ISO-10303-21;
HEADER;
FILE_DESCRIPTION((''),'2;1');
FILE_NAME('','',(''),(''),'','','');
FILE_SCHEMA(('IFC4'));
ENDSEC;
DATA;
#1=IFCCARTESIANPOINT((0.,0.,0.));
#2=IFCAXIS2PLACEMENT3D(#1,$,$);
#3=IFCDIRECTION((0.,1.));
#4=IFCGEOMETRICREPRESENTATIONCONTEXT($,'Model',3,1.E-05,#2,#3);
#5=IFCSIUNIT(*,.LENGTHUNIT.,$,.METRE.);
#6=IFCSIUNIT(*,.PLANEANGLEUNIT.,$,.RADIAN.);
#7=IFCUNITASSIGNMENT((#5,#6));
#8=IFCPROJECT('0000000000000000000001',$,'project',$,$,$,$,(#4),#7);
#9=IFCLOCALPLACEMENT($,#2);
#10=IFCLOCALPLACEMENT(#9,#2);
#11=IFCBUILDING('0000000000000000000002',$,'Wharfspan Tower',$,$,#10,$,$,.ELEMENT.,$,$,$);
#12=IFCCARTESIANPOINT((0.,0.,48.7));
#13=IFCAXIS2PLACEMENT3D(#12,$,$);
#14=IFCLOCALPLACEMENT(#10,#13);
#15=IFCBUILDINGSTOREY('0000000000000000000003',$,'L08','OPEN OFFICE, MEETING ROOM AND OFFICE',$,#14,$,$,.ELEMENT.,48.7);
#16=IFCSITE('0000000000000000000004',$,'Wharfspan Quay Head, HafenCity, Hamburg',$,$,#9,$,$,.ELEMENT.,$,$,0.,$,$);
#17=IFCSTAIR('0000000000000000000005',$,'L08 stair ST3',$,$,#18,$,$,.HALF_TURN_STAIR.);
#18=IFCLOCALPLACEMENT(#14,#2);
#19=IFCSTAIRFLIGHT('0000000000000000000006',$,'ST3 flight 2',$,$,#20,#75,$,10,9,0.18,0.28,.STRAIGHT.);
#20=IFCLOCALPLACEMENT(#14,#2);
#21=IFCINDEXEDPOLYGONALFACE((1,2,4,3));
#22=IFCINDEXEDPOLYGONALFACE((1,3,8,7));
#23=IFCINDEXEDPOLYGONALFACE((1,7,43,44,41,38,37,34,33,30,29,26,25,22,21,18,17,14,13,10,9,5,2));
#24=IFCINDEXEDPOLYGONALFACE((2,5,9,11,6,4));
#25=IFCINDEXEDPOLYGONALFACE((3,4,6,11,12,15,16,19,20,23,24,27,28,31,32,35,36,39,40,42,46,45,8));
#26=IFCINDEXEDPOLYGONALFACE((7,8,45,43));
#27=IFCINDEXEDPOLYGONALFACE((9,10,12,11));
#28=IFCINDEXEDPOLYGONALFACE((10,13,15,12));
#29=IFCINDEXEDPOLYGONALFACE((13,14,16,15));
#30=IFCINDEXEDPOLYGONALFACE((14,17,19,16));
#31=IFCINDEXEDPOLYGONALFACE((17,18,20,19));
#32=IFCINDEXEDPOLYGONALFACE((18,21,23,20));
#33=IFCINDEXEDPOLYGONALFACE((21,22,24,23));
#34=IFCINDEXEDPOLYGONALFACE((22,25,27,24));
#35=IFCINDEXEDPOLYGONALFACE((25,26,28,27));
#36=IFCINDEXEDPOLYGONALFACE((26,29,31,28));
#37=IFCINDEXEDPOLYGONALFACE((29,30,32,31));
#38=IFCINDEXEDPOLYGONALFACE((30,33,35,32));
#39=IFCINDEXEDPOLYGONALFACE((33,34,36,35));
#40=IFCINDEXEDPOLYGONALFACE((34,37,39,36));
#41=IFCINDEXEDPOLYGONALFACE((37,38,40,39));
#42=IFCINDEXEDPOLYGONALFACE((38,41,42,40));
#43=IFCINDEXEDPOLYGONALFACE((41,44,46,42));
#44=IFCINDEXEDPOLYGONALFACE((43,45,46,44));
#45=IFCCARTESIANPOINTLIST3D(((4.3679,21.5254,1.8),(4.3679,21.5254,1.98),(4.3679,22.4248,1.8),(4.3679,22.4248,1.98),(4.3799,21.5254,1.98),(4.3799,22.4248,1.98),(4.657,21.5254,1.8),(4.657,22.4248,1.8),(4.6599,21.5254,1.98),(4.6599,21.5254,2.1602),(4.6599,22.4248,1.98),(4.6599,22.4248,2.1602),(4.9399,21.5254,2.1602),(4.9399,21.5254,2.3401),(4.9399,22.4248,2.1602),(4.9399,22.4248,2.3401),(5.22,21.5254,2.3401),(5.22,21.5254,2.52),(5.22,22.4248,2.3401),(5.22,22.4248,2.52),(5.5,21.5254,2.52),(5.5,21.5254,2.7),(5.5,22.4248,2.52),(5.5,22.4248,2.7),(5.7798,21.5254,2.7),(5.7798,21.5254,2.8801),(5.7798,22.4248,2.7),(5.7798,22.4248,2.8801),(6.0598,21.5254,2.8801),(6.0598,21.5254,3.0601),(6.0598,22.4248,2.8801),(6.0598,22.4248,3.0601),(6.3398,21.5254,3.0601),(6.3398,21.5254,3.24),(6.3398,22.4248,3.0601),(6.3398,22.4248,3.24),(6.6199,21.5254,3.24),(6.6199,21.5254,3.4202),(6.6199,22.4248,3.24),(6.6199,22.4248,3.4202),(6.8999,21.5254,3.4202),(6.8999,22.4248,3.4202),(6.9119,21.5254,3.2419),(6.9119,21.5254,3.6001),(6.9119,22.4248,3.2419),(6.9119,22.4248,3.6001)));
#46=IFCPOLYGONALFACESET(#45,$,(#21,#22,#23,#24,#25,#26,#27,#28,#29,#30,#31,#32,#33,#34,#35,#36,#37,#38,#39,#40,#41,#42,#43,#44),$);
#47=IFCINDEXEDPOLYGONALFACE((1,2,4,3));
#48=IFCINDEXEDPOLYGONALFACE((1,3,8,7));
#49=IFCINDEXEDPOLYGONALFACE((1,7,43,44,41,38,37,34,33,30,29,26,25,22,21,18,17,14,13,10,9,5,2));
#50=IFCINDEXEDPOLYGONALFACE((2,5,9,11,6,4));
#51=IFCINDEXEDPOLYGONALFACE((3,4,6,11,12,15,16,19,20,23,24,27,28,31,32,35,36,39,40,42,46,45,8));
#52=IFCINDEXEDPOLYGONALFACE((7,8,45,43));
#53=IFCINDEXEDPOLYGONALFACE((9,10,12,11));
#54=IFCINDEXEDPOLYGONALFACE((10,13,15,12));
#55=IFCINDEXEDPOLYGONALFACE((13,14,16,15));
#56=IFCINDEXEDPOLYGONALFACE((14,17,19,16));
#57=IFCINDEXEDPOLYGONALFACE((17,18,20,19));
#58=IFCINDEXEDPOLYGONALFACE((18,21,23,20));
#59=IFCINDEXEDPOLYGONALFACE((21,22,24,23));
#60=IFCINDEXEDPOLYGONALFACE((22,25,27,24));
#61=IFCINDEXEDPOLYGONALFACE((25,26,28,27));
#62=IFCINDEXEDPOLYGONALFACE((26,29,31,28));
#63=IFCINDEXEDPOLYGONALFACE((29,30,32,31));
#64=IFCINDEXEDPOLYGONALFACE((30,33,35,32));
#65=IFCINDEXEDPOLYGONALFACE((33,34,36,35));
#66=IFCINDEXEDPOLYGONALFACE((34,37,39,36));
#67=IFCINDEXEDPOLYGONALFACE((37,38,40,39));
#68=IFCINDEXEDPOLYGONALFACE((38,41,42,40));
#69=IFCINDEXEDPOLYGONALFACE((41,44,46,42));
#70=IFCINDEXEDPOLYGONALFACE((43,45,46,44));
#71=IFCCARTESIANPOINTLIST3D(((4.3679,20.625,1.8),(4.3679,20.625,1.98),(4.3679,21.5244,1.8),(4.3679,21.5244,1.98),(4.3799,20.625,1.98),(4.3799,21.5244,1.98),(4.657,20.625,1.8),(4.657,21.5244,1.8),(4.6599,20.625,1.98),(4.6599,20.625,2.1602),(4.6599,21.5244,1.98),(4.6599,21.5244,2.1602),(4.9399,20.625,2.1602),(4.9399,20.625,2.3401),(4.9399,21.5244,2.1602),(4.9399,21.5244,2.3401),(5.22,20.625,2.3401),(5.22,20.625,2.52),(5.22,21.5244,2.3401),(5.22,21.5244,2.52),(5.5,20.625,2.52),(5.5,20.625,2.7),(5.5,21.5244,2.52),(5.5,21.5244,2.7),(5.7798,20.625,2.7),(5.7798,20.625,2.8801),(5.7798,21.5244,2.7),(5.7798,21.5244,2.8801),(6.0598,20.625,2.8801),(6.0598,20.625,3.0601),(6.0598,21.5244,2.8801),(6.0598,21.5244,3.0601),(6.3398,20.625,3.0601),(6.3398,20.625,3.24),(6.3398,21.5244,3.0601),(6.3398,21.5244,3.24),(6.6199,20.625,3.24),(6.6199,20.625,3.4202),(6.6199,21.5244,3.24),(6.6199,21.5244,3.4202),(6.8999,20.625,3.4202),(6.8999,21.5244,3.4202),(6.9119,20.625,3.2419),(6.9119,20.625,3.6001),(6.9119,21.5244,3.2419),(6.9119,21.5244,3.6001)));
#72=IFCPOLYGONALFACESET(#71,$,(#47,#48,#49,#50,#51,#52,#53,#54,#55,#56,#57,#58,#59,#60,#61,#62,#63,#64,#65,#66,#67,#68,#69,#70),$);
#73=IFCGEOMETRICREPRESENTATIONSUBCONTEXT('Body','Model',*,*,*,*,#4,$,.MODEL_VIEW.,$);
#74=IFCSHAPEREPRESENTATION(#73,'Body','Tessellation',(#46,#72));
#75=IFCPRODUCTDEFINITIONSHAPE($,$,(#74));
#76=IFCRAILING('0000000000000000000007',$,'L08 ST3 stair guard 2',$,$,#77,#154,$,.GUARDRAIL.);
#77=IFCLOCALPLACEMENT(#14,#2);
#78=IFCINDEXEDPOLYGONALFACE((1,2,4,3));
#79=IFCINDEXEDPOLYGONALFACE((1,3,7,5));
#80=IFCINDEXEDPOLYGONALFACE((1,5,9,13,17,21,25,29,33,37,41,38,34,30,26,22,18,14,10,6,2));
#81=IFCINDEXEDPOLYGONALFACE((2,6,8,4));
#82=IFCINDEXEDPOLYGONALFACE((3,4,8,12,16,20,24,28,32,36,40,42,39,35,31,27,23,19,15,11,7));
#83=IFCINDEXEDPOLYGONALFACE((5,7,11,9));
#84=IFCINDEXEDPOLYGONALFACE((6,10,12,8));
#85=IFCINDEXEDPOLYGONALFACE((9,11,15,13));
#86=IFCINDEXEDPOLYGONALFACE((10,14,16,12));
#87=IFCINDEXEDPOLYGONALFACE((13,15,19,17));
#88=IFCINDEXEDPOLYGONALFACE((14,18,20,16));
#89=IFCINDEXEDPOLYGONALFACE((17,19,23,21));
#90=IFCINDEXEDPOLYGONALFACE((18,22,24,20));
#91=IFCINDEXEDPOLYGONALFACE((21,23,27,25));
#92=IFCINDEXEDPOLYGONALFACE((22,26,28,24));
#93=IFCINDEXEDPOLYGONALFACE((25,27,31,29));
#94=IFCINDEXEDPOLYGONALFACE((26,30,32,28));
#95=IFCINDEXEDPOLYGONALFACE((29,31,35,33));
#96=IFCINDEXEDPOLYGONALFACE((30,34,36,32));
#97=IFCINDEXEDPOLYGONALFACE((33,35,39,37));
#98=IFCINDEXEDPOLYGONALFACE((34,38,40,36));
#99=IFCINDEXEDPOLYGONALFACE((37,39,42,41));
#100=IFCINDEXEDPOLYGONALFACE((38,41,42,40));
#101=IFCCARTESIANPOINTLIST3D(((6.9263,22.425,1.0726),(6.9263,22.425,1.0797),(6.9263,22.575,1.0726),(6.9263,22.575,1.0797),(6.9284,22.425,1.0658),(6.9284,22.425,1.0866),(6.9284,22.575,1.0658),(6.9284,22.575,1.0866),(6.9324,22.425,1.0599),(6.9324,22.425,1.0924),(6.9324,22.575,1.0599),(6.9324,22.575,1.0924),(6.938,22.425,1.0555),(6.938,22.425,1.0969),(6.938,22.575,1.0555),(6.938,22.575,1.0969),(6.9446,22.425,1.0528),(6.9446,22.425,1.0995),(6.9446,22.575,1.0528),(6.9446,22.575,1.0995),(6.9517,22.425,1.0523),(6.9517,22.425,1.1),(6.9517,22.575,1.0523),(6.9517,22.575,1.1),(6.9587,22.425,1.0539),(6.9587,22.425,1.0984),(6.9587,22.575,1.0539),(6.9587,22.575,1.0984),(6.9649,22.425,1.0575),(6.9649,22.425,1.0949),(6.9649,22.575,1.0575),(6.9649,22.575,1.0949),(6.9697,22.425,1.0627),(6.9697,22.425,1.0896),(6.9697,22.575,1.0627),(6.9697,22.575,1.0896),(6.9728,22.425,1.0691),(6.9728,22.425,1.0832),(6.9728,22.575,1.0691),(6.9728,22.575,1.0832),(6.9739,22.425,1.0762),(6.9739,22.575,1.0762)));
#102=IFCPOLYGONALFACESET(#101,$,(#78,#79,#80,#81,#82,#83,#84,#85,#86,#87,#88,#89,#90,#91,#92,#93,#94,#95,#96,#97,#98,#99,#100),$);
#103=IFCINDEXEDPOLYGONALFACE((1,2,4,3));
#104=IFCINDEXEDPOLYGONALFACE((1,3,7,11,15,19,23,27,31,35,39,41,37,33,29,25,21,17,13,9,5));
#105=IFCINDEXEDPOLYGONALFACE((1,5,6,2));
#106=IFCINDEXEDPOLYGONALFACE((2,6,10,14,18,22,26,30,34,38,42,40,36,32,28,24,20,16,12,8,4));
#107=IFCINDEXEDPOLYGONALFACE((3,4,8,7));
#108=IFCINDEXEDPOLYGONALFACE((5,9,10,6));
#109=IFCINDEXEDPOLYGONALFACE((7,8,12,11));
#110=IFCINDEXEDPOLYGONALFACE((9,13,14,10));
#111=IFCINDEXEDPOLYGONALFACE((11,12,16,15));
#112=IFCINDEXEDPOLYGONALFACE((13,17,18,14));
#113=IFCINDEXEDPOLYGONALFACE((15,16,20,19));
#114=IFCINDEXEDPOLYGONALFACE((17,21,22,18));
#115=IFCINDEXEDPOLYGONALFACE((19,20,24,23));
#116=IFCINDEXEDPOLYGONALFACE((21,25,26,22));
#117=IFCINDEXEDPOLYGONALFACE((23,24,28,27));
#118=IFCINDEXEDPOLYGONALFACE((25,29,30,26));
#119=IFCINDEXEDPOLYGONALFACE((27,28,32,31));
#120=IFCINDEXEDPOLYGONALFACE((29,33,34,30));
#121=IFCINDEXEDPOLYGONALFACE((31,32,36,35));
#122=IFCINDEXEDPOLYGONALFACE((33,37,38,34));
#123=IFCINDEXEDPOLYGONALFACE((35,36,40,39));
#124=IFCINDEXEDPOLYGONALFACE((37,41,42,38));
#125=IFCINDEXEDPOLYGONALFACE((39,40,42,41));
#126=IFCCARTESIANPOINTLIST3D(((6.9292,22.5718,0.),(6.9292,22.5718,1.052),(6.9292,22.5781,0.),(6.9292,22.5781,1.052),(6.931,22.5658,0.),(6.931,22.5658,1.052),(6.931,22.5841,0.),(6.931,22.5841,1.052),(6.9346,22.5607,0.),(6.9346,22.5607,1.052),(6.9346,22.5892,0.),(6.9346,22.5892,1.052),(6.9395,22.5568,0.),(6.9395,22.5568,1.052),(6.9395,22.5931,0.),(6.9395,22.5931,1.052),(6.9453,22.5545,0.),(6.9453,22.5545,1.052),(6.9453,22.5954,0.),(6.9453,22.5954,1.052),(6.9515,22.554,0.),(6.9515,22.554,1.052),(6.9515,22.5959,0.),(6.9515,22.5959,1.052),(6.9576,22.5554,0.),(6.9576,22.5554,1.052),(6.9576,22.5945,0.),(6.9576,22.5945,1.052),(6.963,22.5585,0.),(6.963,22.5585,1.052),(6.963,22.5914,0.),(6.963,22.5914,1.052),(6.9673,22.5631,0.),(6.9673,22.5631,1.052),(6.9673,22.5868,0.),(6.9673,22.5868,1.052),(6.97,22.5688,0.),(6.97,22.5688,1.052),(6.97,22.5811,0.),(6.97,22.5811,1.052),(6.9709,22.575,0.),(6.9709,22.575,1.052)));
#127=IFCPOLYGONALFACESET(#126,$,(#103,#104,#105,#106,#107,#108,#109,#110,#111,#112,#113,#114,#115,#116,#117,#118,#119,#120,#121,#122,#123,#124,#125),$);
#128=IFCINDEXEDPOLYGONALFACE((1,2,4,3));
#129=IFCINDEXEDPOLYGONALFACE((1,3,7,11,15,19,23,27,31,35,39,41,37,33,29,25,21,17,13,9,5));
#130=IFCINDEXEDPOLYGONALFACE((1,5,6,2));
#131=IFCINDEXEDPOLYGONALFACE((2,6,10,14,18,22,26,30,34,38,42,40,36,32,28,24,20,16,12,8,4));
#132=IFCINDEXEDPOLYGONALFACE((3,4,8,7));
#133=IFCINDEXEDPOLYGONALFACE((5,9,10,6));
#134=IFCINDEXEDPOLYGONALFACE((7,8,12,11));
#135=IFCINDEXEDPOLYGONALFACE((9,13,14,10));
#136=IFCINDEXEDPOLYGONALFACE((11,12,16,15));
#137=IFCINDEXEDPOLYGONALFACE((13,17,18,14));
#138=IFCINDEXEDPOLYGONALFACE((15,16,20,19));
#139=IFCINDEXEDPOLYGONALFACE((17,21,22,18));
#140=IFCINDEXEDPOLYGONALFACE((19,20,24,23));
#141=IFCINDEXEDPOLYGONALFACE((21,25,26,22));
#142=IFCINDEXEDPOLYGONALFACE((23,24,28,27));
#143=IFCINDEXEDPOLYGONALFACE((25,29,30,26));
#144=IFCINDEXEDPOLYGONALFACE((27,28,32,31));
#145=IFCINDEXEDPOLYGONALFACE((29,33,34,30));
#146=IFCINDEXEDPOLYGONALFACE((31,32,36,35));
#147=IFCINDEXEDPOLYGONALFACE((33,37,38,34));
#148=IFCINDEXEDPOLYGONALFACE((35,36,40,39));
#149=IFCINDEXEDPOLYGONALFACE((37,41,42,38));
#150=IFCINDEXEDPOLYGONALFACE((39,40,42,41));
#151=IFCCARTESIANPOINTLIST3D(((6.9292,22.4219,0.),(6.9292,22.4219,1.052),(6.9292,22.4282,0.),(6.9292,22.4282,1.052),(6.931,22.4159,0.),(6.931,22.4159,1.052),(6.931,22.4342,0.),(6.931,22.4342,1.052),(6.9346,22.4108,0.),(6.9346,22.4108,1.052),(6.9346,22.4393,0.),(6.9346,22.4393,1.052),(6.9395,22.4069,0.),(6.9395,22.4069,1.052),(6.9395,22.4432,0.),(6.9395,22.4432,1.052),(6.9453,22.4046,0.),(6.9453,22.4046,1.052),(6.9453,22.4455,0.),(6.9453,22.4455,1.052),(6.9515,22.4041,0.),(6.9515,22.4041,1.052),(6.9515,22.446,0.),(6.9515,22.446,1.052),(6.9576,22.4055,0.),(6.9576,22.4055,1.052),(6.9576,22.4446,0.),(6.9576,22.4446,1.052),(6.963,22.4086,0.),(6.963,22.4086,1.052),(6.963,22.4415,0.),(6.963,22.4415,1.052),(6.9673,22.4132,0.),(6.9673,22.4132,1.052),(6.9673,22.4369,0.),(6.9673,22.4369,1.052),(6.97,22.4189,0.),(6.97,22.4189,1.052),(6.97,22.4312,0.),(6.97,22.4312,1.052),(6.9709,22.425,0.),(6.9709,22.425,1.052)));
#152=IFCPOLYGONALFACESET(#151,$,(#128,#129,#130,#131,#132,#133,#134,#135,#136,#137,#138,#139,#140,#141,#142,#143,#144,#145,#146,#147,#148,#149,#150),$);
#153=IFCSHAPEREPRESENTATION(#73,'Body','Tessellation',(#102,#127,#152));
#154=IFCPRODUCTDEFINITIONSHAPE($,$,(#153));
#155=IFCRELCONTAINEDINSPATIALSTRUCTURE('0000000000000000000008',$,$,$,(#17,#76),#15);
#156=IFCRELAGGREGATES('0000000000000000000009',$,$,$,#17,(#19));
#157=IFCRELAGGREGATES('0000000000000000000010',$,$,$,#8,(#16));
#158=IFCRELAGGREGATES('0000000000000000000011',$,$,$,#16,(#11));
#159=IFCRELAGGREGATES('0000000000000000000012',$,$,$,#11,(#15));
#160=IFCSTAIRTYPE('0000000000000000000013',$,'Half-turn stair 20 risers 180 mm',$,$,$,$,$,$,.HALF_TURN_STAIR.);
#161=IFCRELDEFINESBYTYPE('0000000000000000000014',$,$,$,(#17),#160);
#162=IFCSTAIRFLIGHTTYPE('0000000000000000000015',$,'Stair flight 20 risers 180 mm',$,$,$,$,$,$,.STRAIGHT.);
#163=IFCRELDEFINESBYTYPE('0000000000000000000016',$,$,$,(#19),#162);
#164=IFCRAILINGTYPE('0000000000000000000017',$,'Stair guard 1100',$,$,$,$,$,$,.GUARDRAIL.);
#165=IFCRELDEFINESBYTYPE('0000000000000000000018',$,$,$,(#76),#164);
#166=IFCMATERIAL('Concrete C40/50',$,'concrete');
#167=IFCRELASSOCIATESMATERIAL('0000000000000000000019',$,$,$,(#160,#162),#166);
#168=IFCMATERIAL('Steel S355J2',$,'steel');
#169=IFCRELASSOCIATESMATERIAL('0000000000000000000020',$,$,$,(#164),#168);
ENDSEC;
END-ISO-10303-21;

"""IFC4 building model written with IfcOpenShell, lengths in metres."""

from ifc_helpers import new_model, si_unit, direction, frame, origin, origin_2d, place, context, subcontext, project, spatial, polyline, circle, outline, extrude, material, type_object, element, aggregate, save


model = new_model("IFC4")

# Units and contexts
model_context = context("Model", 3, precision=1e-05, world=origin(), true_north=direction((0.0, 1.0)))
body_context = subcontext(model_context, "Body", "Model", "MODEL_VIEW")
ifc_project = project(units=[si_unit("LENGTHUNIT", "METRE"), si_unit("PLANEANGLEUNIT", "RADIAN")], contexts=[model_context])

# Site, building, storey
site_placement = place(None, origin())
site = spatial("IfcSite", under=ifc_project, at=site_placement, Name="Wharfspan Quay Head, HafenCity, Hamburg", CompositionType="ELEMENT", RefElevation=0.0)
building_placement = place(site_placement, origin())
building = spatial("IfcBuilding", under=site, at=building_placement, Name="Wharfspan Tower", CompositionType="ELEMENT")
storey_placement = place(building_placement, frame((0.0, 0.0, 48.7)))
storey = spatial("IfcBuildingStorey", under=building, at=storey_placement, Name="L08", Description="OPEN OFFICE, MEETING ROOM AND OFFICE", CompositionType="ELEMENT", Elevation=48.7)

# Shared definitions
ifc_material_1 = material(Name="Steel S355J2", Category="steel")

# Shared definitions
ifc_material_2 = material(Name="Concrete C40/50", Category="concrete")

# Stair, stair flight
stair_type = type_object("IfcStairType", Name="Half-turn stair 20 risers 180 mm", PredefinedType="HALF_TURN_STAIR", material=ifc_material_2)
stair_placement = place(storey_placement, origin())
stair = element("IfcStair", 1, at=stair_placement, inside=storey, type_object=stair_type, Name="L08 stair ST3", PredefinedType="HALF_TURN_STAIR")
stair_flight_type = type_object("IfcStairFlightType", Name="Stair flight 20 risers 180 mm", PredefinedType="STRAIGHT", material=ifc_material_2)
stair_flight_1_placement = place(storey_placement, frame((4.3799, 21.5249, 1.8), z_axis=(0.0, 0.0, 1.0), x_axis=(1.0, 0.0, 0.0)))
stair_flight_1 = element("IfcStairFlight", 2, at=stair_flight_1_placement, type_object=stair_flight_type, Name="ST3 flight 2", NumberOfRisers=10, NumberOfTreads=9, PredefinedType="STRAIGHT", RiserHeight=0.18, TreadLength=0.28, context=body_context, shape_type="SweptSolid", body=[
    extrude(outline(polyline([(-0.012, 0.0), (-0.012, 0.1799), (0.0, 0.1799), (0.28, 0.1799), (0.28, 0.3601), (0.5601, 0.3601), (0.5601, 0.54), (0.8401, 0.54), (0.8401, 0.72), (1.1201, 0.72), (1.1201, 0.8999), (1.3999, 0.8999), (1.3999, 1.0801), (1.6799, 1.0801), (1.6799, 1.26), (1.96, 1.26), (1.96, 1.4399), (2.24, 1.4399), (2.24, 1.6201), (2.52, 1.6201), (2.532, 1.8), (2.532, 1.4419), (0.2771, 0.0), (-0.012, 0.0)])), frame((0.0, 0.8999, 0.0), z_axis=(0.0, -1.0, 0.0), x_axis=(1.0, 0.0, 0.0)), (0.0, 0.0, 1.0), 0.8994),
    extrude(outline(polyline([(-0.012, 0.0), (-0.012, 0.1799), (0.0, 0.1799), (0.28, 0.1799), (0.28, 0.3601), (0.5601, 0.3601), (0.5601, 0.54), (0.8401, 0.54), (0.8401, 0.72), (1.1201, 0.72), (1.1201, 0.8999), (1.3999, 0.8999), (1.3999, 1.0801), (1.6799, 1.0801), (1.6799, 1.26), (1.96, 1.26), (1.96, 1.4399), (2.24, 1.4399), (2.24, 1.6201), (2.52, 1.6201), (2.532, 1.8), (2.532, 1.4419), (0.2771, 0.0), (-0.012, 0.0)])), frame((0.0, -0.0005, 0.0), z_axis=(0.0, -1.0, 0.0), x_axis=(1.0, 0.0, 0.0)), (0.0, 0.0, 1.0), 0.8994),
])
aggregate(stair, [stair_flight_1])

# Railing
railing_type_1 = type_object("IfcRailingType", Name="Stair guard 1100", PredefinedType="GUARDRAIL", material=ifc_material_1)
railing_1_placement = place(storey_placement, frame((6.95, 22.575, 0.0)))
element("IfcRailing", 3, at=railing_1_placement, inside=storey, type_object=railing_type_1, Name="L08 ST3 stair guard 2", PredefinedType="GUARDRAIL", context=body_context, shape_type="SweptSolid", body=[
    extrude(circle(Radius=0.0239, at=origin_2d()), frame((0.0, 0.0, 1.0762), z_axis=(0.0, -1.0, 0.0), x_axis=(1.0, 0.0, 0.0)), (0.0, 0.0, 1.0), 0.1499),
    extrude(circle(Radius=0.021, at=origin_2d()), origin(), (0.0, 0.0, 1.0), 1.052),
    extrude(circle(Radius=0.021, at=origin_2d()), frame((0.0, -0.1499, 0.0)), (0.0, 0.0, 1.0), 1.052),
])

save(model, "model.ifc")
